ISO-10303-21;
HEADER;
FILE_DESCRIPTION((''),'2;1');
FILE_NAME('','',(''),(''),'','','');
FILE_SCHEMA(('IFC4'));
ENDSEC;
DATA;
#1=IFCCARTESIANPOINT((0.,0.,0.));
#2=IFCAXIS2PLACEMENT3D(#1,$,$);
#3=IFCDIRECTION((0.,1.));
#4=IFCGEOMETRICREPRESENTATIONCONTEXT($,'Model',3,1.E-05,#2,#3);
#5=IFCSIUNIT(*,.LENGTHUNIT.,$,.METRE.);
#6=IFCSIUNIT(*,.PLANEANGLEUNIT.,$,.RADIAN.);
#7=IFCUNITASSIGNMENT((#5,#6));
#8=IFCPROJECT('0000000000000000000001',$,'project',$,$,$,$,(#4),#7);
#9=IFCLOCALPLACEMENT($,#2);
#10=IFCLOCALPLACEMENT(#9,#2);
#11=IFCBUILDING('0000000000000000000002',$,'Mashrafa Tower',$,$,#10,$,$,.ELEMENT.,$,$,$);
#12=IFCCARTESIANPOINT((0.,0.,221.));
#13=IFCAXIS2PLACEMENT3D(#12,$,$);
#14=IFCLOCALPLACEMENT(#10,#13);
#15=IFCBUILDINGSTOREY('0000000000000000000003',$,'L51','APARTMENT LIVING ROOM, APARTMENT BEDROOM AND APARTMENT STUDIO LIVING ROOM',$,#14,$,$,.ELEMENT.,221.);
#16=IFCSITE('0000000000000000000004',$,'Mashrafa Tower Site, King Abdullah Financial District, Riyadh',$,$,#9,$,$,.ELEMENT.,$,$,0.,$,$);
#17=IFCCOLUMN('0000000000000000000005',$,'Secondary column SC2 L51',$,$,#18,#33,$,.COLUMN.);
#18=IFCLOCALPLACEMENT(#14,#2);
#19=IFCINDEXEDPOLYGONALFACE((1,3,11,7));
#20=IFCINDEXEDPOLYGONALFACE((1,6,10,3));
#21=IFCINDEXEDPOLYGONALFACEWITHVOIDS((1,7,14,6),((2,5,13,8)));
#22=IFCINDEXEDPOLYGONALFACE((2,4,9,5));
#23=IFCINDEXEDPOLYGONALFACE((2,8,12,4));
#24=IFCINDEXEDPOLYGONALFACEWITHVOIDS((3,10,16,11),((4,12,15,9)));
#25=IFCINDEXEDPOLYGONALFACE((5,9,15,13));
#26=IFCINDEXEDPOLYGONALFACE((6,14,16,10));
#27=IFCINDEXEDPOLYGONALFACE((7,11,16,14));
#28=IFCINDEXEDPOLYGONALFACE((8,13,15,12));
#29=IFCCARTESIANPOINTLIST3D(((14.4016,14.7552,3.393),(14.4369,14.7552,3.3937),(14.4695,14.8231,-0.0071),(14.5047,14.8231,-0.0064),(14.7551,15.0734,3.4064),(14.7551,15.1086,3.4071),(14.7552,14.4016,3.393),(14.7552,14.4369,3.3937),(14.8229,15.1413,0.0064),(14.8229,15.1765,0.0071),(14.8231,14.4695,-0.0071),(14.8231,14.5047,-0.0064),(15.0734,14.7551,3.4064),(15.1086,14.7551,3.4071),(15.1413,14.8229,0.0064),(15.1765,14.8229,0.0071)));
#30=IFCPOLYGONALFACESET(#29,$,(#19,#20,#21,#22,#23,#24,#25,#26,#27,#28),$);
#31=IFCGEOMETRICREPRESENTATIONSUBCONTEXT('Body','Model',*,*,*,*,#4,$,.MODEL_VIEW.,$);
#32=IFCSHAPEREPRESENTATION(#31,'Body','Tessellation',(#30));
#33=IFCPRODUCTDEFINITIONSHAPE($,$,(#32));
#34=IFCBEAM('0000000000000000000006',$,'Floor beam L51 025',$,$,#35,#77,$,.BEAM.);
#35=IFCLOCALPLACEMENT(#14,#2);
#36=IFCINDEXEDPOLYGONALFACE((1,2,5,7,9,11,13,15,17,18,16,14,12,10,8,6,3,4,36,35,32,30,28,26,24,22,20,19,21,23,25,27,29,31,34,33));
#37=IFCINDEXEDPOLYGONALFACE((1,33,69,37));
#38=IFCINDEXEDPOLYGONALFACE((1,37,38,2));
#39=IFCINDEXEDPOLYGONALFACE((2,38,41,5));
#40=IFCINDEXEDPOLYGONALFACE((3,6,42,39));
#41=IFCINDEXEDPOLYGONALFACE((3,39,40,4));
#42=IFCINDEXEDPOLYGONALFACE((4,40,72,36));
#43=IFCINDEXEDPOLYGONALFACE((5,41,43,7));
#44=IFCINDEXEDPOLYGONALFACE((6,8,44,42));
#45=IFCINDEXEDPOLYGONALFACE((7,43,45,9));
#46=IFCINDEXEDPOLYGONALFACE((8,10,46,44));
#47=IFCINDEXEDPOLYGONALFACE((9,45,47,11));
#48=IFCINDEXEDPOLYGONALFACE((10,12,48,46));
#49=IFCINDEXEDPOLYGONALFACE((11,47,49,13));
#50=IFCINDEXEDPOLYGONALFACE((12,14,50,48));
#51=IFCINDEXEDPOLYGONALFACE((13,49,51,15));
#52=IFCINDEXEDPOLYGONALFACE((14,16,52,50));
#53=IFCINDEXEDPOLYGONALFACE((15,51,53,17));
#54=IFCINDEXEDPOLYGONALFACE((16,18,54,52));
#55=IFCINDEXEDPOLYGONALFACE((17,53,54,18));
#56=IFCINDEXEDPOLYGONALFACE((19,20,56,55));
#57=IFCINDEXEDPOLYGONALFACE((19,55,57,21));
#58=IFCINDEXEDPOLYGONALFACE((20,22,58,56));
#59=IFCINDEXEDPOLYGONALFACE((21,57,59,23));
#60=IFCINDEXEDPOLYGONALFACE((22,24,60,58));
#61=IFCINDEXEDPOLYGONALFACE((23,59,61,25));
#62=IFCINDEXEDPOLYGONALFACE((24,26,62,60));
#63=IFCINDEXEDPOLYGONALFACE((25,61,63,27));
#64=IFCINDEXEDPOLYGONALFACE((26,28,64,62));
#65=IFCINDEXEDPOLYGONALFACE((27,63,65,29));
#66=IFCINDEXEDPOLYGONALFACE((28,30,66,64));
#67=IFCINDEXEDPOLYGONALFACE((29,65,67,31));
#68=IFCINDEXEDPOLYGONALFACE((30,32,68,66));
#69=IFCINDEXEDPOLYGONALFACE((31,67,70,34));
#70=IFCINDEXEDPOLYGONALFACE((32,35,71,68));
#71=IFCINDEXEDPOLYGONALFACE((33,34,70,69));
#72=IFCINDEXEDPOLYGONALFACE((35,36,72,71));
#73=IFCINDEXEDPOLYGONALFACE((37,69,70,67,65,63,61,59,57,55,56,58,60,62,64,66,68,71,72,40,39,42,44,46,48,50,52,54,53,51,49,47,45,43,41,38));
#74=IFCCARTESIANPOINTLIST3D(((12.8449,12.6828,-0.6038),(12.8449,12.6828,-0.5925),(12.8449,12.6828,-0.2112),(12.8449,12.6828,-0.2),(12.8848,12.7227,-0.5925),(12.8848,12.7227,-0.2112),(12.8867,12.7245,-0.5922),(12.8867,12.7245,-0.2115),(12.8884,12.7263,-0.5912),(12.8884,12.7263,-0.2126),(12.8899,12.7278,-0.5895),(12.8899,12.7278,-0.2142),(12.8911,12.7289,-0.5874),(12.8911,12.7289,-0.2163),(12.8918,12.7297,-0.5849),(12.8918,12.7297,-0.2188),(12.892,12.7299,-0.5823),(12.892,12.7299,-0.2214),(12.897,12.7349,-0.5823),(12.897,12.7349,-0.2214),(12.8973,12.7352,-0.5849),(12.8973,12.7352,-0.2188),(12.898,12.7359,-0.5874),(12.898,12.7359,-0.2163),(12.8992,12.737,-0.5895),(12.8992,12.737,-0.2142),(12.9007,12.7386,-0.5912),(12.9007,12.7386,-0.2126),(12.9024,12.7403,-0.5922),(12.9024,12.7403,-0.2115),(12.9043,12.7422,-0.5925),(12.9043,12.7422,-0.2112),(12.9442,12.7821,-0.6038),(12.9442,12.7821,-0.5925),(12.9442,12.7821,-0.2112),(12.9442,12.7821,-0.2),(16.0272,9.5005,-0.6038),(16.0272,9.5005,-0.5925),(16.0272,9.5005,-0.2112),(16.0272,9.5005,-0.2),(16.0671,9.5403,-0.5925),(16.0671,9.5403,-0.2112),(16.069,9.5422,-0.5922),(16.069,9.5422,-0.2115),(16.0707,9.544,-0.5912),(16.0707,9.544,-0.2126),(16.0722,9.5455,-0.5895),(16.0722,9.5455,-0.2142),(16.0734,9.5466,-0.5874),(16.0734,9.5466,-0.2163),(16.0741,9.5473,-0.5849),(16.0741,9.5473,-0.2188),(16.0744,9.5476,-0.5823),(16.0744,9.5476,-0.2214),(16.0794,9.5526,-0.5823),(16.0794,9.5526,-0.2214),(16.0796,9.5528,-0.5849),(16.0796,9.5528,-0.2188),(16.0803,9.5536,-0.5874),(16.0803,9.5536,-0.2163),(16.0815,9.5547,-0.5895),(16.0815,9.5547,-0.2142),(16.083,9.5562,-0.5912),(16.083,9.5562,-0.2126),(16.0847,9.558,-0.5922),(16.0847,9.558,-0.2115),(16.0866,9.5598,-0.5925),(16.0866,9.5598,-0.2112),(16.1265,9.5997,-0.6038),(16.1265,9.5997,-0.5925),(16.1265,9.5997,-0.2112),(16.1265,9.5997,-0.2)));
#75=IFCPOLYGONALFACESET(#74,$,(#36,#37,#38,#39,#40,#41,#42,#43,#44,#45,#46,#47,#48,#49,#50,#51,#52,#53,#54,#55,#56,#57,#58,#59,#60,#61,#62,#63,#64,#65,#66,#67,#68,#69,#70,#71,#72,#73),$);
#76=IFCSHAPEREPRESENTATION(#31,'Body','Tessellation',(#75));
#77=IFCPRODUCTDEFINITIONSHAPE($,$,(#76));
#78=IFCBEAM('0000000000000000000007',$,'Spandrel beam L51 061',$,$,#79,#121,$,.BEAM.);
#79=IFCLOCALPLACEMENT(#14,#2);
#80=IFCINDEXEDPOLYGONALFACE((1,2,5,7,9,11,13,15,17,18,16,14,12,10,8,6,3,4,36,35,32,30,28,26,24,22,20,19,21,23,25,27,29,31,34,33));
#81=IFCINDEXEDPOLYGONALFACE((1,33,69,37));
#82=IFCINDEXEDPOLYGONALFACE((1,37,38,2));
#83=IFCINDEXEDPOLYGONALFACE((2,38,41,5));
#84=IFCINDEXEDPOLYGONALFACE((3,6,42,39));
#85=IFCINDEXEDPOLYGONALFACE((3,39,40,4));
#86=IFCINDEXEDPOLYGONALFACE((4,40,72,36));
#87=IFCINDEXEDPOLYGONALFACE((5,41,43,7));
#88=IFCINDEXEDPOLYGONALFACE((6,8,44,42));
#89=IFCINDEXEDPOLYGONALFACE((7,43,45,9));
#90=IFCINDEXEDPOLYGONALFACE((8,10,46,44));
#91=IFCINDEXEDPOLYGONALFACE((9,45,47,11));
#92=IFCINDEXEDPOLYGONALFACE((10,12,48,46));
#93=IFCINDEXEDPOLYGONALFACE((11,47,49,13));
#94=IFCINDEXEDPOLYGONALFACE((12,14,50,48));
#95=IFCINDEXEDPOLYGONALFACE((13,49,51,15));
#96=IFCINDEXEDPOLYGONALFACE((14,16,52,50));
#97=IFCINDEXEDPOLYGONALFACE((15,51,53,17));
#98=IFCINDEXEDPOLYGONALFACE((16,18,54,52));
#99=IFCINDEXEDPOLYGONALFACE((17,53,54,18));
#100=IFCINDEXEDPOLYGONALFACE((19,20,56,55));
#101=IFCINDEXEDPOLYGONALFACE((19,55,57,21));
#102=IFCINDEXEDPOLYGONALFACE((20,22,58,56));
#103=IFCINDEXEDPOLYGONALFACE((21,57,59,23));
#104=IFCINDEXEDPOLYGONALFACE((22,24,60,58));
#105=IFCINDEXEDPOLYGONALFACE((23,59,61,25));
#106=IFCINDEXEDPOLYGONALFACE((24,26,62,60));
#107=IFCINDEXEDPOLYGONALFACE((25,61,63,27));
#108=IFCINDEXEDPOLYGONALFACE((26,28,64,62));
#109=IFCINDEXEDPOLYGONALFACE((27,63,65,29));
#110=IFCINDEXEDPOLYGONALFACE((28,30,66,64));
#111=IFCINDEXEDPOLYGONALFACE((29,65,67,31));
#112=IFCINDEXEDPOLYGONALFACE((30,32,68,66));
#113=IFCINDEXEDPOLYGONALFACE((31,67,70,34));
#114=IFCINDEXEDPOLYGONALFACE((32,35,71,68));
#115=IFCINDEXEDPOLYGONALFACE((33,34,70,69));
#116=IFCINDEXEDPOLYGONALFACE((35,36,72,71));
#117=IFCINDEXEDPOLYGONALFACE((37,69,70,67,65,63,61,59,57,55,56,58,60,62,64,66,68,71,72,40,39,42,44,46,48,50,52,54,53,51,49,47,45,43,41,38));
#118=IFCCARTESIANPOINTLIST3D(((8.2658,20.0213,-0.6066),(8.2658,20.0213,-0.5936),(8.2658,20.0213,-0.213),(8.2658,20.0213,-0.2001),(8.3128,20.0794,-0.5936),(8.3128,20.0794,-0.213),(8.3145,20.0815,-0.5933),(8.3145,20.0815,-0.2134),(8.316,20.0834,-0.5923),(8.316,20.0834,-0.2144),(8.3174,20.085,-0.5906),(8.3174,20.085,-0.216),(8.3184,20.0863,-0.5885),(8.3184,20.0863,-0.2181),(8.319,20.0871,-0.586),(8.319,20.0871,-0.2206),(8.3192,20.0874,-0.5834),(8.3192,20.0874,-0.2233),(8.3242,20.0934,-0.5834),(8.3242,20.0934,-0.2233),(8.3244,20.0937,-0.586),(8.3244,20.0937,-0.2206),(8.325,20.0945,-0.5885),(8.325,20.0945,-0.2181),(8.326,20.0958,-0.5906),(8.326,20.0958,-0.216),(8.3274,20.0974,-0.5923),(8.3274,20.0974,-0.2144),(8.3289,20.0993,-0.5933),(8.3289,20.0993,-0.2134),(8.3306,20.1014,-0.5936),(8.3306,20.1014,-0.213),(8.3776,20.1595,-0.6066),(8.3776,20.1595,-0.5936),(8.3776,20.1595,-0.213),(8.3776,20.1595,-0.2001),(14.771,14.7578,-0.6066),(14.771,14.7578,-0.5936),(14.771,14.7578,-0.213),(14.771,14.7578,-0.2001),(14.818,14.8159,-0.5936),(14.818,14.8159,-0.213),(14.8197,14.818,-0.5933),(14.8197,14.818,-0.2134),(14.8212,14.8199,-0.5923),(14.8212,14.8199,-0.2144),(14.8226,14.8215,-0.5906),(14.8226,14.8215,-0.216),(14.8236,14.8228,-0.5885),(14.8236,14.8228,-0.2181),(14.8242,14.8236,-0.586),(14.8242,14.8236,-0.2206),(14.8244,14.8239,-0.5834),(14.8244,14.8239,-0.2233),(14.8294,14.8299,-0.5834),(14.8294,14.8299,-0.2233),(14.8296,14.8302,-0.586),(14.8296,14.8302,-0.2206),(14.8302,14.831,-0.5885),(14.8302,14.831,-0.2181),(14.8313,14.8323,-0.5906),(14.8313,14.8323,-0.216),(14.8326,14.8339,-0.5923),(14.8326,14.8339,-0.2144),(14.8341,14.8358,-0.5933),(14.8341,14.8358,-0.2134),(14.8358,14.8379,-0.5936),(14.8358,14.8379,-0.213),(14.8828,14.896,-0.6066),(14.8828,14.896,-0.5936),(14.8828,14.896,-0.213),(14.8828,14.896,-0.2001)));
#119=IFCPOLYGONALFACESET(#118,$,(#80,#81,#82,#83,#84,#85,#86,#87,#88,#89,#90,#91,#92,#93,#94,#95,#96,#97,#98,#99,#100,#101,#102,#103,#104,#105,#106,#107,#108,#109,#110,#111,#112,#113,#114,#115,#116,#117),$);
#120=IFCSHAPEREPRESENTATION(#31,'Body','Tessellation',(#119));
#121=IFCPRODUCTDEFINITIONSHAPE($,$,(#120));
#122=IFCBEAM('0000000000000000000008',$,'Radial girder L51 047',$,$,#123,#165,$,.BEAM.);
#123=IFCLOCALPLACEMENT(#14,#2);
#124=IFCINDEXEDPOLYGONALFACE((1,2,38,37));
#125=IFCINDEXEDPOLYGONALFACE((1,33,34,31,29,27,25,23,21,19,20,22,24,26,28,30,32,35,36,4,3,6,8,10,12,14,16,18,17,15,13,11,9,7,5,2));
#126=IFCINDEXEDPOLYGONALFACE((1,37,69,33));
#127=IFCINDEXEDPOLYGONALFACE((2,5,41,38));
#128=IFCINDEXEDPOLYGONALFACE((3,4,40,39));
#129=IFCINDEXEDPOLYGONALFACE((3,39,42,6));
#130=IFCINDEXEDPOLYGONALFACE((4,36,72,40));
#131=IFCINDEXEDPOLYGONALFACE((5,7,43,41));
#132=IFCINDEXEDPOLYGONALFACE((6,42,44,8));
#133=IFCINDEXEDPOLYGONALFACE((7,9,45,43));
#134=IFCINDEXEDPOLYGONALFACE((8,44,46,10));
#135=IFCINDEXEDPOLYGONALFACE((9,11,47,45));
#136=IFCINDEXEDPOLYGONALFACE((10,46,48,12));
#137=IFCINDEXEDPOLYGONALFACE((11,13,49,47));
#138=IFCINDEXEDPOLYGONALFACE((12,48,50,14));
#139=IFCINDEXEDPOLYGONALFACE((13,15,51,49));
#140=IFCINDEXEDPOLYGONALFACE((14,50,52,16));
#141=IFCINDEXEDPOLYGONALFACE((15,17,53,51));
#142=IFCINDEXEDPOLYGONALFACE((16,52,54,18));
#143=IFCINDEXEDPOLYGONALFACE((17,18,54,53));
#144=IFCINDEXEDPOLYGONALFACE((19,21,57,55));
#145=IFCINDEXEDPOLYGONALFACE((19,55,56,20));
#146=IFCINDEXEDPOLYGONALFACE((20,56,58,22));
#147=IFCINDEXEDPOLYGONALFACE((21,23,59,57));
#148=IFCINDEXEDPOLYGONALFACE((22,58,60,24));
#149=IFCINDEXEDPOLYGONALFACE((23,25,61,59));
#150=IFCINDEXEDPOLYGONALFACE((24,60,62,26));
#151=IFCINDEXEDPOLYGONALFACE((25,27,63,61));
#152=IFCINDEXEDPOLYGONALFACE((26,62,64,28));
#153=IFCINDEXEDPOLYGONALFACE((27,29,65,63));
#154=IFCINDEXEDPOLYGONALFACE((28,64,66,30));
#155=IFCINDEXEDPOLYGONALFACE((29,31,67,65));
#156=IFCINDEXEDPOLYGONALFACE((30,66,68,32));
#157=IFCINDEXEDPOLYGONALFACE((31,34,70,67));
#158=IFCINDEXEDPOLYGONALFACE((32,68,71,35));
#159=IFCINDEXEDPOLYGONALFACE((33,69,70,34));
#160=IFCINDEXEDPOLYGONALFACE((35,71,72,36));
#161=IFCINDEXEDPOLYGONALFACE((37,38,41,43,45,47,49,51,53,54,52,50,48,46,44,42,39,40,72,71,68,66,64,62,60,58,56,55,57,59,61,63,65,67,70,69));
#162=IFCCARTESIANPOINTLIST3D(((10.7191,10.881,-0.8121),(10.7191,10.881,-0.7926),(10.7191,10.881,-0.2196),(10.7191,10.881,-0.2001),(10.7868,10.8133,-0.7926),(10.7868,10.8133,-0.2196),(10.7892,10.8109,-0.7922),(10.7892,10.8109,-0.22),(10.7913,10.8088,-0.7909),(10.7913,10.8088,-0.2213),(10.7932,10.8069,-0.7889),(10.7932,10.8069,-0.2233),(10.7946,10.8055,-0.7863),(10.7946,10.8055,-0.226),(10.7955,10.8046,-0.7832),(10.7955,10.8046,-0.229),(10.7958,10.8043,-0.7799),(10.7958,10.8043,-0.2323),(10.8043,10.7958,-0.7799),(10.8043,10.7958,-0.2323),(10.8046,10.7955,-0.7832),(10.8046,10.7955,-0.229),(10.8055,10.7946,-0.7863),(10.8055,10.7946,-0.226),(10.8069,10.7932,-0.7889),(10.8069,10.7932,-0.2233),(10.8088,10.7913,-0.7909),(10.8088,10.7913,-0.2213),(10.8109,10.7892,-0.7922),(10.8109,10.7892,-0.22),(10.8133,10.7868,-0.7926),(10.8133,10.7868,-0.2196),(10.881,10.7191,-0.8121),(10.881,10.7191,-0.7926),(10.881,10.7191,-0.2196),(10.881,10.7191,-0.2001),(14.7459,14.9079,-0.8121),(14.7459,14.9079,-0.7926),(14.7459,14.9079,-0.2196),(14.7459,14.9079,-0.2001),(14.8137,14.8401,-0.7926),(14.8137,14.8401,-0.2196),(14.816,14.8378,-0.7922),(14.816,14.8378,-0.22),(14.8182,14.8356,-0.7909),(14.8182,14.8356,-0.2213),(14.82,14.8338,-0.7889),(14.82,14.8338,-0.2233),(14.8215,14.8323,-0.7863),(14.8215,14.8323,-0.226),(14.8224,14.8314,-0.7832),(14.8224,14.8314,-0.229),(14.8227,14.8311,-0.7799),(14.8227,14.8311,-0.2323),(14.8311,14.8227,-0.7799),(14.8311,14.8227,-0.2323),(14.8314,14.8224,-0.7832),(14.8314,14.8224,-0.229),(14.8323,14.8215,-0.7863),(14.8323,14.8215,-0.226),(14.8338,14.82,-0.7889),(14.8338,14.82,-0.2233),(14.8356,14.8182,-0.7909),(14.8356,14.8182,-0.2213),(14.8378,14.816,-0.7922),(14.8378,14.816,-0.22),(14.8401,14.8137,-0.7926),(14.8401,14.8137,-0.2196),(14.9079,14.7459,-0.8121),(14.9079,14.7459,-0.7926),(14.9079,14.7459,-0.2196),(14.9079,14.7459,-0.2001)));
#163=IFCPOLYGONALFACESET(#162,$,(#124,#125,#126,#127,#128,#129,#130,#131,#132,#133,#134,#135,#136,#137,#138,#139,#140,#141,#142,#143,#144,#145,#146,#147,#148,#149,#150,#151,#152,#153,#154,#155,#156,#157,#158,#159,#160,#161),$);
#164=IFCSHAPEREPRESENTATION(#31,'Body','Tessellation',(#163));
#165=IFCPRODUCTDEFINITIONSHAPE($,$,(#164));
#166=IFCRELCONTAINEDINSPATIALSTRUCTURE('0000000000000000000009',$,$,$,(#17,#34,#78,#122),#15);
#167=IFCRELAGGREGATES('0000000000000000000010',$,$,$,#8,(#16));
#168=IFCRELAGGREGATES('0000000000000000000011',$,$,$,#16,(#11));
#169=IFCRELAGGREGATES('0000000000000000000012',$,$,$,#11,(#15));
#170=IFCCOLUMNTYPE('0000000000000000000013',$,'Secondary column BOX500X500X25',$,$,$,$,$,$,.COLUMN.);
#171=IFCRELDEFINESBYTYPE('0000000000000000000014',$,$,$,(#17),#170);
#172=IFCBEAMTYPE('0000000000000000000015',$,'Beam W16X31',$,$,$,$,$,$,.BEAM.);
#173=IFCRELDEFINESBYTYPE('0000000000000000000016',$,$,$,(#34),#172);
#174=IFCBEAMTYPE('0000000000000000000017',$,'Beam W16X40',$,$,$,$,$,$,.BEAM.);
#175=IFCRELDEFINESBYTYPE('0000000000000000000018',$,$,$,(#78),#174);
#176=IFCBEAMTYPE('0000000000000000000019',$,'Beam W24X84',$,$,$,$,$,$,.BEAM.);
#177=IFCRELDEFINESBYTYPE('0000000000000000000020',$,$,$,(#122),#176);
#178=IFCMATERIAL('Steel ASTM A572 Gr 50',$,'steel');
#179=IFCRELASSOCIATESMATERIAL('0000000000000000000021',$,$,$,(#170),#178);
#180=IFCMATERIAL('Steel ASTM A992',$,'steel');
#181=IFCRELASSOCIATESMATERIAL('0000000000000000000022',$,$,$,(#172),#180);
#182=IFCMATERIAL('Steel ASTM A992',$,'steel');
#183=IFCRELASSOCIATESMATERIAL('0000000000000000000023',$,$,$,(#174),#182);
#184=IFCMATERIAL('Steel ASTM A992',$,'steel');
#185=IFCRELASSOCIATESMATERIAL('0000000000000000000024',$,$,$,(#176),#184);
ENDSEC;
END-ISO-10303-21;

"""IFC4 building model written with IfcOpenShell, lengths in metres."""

from ifc_helpers import new_model, si_unit, direction, frame, origin, origin_2d, place, context, subcontext, project, spatial, hollow_rectangle, i_section, extrude, material, material_profile, profile_set, type_object, element, save


model = new_model("IFC4")

# Units and contexts
model_context = context("Model", 3, precision=1e-05, world=origin(), true_north=direction((0.0, 1.0)))
body_context = subcontext(model_context, "Body", "Model", "MODEL_VIEW")
ifc_project = project(units=[si_unit("LENGTHUNIT", "METRE"), si_unit("PLANEANGLEUNIT", "RADIAN")], contexts=[model_context])

# Site, building, storey
site_placement = place(None, origin())
site = spatial("IfcSite", under=ifc_project, at=site_placement, Name="Mashrafa Tower Site, King Abdullah Financial District, Riyadh", CompositionType="ELEMENT", RefElevation=0.0)
building_placement = place(site_placement, origin())
building = spatial("IfcBuilding", under=site, at=building_placement, Name="Mashrafa Tower", CompositionType="ELEMENT")
storey_placement = place(building_placement, frame((0.0, 0.0, 221.0)))
storey = spatial("IfcBuildingStorey", under=building, at=storey_placement, Name="L51", Description="APARTMENT LIVING ROOM, APARTMENT BEDROOM AND APARTMENT STUDIO LIVING ROOM", CompositionType="ELEMENT", Elevation=221.0)

# Column
ifc_material_1 = material(Name="Steel ASTM A572 Gr 50", Category="steel")
ifc_material_profile_1 = material_profile(ifc_material_1, hollow_rectangle(XDim=0.5, YDim=0.5, WallThickness=0.0249, at=origin_2d()), Name="BOX500X500X25")
ifc_profile_set_1 = profile_set([ifc_material_profile_1], Name="Steel ASTM A572 Gr 50")
column_type = type_object("IfcColumnType", Name="Secondary column BOX500X500X25", PredefinedType="COLUMN", material=ifc_profile_set_1)
column_placement = place(storey_placement, frame((14.823, 14.823, 0.0), z_axis=(-0.019955, -0.019955, 0.999602), x_axis=(0.707107, -0.707107, 0.0)))
element("IfcColumn", 1, at=column_placement, inside=storey, type_object=column_type, Name="Secondary column SC2 L51", PredefinedType="COLUMN", context=body_context, shape_type="SweptSolid", body=[
    extrude(hollow_rectangle(XDim=0.5, YDim=0.5, WallThickness=0.0249, at=origin_2d()), origin(), (0.0, 0.0, 1.0), 3.4014),
])

# Beams
ifc_material_2 = material(Name="Steel ASTM A992", Category="steel")
ifc_material_profile_2 = material_profile(ifc_material_2, i_section(OverallWidth=0.1404, OverallDepth=0.4038, WebThickness=0.0071, FlangeThickness=0.0112, FilletRadius=0.0103, at=origin_2d()), Name="W16X31")
ifc_profile_set_2 = profile_set([ifc_material_profile_2], Name="Steel ASTM A992")
beam_type_1 = type_object("IfcBeamType", Name="Beam W16X31", PredefinedType="BEAM", material=ifc_profile_set_2)
beam_1_placement = place(storey_placement, frame((12.8945, 12.7324, -0.4019), z_axis=(0.707107, -0.707107, 0.0), x_axis=(0.707107, 0.707107, 0.0)))
element("IfcBeam", 2, at=beam_1_placement, inside=storey, type_object=beam_type_1, Name="Floor beam L51 025", PredefinedType="BEAM", context=body_context, shape_type="SweptSolid", body=[
    extrude(i_section(OverallWidth=0.1404, OverallDepth=0.4038, WebThickness=0.0071, FlangeThickness=0.0112, FilletRadius=0.0103, at=origin_2d()), origin(), (0.0, 0.0, 1.0), 4.5005),
])
ifc_material_3 = material(Name="Steel ASTM A992", Category="steel")
ifc_material_profile_3 = material_profile(ifc_material_3, i_section(OverallWidth=0.1777, OverallDepth=0.4065, WebThickness=0.0078, FlangeThickness=0.0129, FilletRadius=0.0103, at=origin_2d()), Name="W16X40")
ifc_profile_set_3 = profile_set([ifc_material_profile_3], Name="Steel ASTM A992")
beam_type_2 = type_object("IfcBeamType", Name="Beam W16X40", PredefinedType="BEAM", material=ifc_profile_set_3)
beam_2_placement = place(storey_placement, frame((14.8269, 14.8269, -0.4033), z_axis=(-0.777398, 0.629009, 0.0), x_axis=(-0.629009, -0.777398, 0.0)))
element("IfcBeam", 3, at=beam_2_placement, inside=storey, type_object=beam_type_2, Name="Spandrel beam L51 061", PredefinedType="BEAM", context=body_context, shape_type="SweptSolid", body=[
    extrude(i_section(OverallWidth=0.1777, OverallDepth=0.4065, WebThickness=0.0078, FlangeThickness=0.0129, FilletRadius=0.0103, at=origin_2d()), origin(), (0.0, 0.0, 1.0), 8.3679),
])
ifc_material_4 = material(Name="Steel ASTM A992", Category="steel")
ifc_material_profile_4 = material_profile(ifc_material_4, i_section(OverallWidth=0.229, OverallDepth=0.6121, WebThickness=0.012, FlangeThickness=0.0195, FilletRadius=0.0127, at=origin_2d()), Name="W24X84")
ifc_profile_set_4 = profile_set([ifc_material_profile_4], Name="Steel ASTM A992")
beam_type_3 = type_object("IfcBeamType", Name="Beam W24X84", PredefinedType="BEAM", material=ifc_profile_set_4)
beam_3_placement = place(storey_placement, frame((10.8, 10.8, -0.5061), z_axis=(0.707107, 0.707107, 0.0), x_axis=(-0.707107, 0.707107, 0.0)))
element("IfcBeam", 4, at=beam_3_placement, inside=storey, type_object=beam_type_3, Name="Radial girder L51 047", PredefinedType="BEAM", context=body_context, shape_type="SweptSolid", body=[
    extrude(i_section(OverallWidth=0.229, OverallDepth=0.6121, WebThickness=0.012, FlangeThickness=0.0195, FilletRadius=0.0127, at=origin_2d()), origin(), (0.0, 0.0, 1.0), 5.6948),
])

save(model, "model.ifc")
